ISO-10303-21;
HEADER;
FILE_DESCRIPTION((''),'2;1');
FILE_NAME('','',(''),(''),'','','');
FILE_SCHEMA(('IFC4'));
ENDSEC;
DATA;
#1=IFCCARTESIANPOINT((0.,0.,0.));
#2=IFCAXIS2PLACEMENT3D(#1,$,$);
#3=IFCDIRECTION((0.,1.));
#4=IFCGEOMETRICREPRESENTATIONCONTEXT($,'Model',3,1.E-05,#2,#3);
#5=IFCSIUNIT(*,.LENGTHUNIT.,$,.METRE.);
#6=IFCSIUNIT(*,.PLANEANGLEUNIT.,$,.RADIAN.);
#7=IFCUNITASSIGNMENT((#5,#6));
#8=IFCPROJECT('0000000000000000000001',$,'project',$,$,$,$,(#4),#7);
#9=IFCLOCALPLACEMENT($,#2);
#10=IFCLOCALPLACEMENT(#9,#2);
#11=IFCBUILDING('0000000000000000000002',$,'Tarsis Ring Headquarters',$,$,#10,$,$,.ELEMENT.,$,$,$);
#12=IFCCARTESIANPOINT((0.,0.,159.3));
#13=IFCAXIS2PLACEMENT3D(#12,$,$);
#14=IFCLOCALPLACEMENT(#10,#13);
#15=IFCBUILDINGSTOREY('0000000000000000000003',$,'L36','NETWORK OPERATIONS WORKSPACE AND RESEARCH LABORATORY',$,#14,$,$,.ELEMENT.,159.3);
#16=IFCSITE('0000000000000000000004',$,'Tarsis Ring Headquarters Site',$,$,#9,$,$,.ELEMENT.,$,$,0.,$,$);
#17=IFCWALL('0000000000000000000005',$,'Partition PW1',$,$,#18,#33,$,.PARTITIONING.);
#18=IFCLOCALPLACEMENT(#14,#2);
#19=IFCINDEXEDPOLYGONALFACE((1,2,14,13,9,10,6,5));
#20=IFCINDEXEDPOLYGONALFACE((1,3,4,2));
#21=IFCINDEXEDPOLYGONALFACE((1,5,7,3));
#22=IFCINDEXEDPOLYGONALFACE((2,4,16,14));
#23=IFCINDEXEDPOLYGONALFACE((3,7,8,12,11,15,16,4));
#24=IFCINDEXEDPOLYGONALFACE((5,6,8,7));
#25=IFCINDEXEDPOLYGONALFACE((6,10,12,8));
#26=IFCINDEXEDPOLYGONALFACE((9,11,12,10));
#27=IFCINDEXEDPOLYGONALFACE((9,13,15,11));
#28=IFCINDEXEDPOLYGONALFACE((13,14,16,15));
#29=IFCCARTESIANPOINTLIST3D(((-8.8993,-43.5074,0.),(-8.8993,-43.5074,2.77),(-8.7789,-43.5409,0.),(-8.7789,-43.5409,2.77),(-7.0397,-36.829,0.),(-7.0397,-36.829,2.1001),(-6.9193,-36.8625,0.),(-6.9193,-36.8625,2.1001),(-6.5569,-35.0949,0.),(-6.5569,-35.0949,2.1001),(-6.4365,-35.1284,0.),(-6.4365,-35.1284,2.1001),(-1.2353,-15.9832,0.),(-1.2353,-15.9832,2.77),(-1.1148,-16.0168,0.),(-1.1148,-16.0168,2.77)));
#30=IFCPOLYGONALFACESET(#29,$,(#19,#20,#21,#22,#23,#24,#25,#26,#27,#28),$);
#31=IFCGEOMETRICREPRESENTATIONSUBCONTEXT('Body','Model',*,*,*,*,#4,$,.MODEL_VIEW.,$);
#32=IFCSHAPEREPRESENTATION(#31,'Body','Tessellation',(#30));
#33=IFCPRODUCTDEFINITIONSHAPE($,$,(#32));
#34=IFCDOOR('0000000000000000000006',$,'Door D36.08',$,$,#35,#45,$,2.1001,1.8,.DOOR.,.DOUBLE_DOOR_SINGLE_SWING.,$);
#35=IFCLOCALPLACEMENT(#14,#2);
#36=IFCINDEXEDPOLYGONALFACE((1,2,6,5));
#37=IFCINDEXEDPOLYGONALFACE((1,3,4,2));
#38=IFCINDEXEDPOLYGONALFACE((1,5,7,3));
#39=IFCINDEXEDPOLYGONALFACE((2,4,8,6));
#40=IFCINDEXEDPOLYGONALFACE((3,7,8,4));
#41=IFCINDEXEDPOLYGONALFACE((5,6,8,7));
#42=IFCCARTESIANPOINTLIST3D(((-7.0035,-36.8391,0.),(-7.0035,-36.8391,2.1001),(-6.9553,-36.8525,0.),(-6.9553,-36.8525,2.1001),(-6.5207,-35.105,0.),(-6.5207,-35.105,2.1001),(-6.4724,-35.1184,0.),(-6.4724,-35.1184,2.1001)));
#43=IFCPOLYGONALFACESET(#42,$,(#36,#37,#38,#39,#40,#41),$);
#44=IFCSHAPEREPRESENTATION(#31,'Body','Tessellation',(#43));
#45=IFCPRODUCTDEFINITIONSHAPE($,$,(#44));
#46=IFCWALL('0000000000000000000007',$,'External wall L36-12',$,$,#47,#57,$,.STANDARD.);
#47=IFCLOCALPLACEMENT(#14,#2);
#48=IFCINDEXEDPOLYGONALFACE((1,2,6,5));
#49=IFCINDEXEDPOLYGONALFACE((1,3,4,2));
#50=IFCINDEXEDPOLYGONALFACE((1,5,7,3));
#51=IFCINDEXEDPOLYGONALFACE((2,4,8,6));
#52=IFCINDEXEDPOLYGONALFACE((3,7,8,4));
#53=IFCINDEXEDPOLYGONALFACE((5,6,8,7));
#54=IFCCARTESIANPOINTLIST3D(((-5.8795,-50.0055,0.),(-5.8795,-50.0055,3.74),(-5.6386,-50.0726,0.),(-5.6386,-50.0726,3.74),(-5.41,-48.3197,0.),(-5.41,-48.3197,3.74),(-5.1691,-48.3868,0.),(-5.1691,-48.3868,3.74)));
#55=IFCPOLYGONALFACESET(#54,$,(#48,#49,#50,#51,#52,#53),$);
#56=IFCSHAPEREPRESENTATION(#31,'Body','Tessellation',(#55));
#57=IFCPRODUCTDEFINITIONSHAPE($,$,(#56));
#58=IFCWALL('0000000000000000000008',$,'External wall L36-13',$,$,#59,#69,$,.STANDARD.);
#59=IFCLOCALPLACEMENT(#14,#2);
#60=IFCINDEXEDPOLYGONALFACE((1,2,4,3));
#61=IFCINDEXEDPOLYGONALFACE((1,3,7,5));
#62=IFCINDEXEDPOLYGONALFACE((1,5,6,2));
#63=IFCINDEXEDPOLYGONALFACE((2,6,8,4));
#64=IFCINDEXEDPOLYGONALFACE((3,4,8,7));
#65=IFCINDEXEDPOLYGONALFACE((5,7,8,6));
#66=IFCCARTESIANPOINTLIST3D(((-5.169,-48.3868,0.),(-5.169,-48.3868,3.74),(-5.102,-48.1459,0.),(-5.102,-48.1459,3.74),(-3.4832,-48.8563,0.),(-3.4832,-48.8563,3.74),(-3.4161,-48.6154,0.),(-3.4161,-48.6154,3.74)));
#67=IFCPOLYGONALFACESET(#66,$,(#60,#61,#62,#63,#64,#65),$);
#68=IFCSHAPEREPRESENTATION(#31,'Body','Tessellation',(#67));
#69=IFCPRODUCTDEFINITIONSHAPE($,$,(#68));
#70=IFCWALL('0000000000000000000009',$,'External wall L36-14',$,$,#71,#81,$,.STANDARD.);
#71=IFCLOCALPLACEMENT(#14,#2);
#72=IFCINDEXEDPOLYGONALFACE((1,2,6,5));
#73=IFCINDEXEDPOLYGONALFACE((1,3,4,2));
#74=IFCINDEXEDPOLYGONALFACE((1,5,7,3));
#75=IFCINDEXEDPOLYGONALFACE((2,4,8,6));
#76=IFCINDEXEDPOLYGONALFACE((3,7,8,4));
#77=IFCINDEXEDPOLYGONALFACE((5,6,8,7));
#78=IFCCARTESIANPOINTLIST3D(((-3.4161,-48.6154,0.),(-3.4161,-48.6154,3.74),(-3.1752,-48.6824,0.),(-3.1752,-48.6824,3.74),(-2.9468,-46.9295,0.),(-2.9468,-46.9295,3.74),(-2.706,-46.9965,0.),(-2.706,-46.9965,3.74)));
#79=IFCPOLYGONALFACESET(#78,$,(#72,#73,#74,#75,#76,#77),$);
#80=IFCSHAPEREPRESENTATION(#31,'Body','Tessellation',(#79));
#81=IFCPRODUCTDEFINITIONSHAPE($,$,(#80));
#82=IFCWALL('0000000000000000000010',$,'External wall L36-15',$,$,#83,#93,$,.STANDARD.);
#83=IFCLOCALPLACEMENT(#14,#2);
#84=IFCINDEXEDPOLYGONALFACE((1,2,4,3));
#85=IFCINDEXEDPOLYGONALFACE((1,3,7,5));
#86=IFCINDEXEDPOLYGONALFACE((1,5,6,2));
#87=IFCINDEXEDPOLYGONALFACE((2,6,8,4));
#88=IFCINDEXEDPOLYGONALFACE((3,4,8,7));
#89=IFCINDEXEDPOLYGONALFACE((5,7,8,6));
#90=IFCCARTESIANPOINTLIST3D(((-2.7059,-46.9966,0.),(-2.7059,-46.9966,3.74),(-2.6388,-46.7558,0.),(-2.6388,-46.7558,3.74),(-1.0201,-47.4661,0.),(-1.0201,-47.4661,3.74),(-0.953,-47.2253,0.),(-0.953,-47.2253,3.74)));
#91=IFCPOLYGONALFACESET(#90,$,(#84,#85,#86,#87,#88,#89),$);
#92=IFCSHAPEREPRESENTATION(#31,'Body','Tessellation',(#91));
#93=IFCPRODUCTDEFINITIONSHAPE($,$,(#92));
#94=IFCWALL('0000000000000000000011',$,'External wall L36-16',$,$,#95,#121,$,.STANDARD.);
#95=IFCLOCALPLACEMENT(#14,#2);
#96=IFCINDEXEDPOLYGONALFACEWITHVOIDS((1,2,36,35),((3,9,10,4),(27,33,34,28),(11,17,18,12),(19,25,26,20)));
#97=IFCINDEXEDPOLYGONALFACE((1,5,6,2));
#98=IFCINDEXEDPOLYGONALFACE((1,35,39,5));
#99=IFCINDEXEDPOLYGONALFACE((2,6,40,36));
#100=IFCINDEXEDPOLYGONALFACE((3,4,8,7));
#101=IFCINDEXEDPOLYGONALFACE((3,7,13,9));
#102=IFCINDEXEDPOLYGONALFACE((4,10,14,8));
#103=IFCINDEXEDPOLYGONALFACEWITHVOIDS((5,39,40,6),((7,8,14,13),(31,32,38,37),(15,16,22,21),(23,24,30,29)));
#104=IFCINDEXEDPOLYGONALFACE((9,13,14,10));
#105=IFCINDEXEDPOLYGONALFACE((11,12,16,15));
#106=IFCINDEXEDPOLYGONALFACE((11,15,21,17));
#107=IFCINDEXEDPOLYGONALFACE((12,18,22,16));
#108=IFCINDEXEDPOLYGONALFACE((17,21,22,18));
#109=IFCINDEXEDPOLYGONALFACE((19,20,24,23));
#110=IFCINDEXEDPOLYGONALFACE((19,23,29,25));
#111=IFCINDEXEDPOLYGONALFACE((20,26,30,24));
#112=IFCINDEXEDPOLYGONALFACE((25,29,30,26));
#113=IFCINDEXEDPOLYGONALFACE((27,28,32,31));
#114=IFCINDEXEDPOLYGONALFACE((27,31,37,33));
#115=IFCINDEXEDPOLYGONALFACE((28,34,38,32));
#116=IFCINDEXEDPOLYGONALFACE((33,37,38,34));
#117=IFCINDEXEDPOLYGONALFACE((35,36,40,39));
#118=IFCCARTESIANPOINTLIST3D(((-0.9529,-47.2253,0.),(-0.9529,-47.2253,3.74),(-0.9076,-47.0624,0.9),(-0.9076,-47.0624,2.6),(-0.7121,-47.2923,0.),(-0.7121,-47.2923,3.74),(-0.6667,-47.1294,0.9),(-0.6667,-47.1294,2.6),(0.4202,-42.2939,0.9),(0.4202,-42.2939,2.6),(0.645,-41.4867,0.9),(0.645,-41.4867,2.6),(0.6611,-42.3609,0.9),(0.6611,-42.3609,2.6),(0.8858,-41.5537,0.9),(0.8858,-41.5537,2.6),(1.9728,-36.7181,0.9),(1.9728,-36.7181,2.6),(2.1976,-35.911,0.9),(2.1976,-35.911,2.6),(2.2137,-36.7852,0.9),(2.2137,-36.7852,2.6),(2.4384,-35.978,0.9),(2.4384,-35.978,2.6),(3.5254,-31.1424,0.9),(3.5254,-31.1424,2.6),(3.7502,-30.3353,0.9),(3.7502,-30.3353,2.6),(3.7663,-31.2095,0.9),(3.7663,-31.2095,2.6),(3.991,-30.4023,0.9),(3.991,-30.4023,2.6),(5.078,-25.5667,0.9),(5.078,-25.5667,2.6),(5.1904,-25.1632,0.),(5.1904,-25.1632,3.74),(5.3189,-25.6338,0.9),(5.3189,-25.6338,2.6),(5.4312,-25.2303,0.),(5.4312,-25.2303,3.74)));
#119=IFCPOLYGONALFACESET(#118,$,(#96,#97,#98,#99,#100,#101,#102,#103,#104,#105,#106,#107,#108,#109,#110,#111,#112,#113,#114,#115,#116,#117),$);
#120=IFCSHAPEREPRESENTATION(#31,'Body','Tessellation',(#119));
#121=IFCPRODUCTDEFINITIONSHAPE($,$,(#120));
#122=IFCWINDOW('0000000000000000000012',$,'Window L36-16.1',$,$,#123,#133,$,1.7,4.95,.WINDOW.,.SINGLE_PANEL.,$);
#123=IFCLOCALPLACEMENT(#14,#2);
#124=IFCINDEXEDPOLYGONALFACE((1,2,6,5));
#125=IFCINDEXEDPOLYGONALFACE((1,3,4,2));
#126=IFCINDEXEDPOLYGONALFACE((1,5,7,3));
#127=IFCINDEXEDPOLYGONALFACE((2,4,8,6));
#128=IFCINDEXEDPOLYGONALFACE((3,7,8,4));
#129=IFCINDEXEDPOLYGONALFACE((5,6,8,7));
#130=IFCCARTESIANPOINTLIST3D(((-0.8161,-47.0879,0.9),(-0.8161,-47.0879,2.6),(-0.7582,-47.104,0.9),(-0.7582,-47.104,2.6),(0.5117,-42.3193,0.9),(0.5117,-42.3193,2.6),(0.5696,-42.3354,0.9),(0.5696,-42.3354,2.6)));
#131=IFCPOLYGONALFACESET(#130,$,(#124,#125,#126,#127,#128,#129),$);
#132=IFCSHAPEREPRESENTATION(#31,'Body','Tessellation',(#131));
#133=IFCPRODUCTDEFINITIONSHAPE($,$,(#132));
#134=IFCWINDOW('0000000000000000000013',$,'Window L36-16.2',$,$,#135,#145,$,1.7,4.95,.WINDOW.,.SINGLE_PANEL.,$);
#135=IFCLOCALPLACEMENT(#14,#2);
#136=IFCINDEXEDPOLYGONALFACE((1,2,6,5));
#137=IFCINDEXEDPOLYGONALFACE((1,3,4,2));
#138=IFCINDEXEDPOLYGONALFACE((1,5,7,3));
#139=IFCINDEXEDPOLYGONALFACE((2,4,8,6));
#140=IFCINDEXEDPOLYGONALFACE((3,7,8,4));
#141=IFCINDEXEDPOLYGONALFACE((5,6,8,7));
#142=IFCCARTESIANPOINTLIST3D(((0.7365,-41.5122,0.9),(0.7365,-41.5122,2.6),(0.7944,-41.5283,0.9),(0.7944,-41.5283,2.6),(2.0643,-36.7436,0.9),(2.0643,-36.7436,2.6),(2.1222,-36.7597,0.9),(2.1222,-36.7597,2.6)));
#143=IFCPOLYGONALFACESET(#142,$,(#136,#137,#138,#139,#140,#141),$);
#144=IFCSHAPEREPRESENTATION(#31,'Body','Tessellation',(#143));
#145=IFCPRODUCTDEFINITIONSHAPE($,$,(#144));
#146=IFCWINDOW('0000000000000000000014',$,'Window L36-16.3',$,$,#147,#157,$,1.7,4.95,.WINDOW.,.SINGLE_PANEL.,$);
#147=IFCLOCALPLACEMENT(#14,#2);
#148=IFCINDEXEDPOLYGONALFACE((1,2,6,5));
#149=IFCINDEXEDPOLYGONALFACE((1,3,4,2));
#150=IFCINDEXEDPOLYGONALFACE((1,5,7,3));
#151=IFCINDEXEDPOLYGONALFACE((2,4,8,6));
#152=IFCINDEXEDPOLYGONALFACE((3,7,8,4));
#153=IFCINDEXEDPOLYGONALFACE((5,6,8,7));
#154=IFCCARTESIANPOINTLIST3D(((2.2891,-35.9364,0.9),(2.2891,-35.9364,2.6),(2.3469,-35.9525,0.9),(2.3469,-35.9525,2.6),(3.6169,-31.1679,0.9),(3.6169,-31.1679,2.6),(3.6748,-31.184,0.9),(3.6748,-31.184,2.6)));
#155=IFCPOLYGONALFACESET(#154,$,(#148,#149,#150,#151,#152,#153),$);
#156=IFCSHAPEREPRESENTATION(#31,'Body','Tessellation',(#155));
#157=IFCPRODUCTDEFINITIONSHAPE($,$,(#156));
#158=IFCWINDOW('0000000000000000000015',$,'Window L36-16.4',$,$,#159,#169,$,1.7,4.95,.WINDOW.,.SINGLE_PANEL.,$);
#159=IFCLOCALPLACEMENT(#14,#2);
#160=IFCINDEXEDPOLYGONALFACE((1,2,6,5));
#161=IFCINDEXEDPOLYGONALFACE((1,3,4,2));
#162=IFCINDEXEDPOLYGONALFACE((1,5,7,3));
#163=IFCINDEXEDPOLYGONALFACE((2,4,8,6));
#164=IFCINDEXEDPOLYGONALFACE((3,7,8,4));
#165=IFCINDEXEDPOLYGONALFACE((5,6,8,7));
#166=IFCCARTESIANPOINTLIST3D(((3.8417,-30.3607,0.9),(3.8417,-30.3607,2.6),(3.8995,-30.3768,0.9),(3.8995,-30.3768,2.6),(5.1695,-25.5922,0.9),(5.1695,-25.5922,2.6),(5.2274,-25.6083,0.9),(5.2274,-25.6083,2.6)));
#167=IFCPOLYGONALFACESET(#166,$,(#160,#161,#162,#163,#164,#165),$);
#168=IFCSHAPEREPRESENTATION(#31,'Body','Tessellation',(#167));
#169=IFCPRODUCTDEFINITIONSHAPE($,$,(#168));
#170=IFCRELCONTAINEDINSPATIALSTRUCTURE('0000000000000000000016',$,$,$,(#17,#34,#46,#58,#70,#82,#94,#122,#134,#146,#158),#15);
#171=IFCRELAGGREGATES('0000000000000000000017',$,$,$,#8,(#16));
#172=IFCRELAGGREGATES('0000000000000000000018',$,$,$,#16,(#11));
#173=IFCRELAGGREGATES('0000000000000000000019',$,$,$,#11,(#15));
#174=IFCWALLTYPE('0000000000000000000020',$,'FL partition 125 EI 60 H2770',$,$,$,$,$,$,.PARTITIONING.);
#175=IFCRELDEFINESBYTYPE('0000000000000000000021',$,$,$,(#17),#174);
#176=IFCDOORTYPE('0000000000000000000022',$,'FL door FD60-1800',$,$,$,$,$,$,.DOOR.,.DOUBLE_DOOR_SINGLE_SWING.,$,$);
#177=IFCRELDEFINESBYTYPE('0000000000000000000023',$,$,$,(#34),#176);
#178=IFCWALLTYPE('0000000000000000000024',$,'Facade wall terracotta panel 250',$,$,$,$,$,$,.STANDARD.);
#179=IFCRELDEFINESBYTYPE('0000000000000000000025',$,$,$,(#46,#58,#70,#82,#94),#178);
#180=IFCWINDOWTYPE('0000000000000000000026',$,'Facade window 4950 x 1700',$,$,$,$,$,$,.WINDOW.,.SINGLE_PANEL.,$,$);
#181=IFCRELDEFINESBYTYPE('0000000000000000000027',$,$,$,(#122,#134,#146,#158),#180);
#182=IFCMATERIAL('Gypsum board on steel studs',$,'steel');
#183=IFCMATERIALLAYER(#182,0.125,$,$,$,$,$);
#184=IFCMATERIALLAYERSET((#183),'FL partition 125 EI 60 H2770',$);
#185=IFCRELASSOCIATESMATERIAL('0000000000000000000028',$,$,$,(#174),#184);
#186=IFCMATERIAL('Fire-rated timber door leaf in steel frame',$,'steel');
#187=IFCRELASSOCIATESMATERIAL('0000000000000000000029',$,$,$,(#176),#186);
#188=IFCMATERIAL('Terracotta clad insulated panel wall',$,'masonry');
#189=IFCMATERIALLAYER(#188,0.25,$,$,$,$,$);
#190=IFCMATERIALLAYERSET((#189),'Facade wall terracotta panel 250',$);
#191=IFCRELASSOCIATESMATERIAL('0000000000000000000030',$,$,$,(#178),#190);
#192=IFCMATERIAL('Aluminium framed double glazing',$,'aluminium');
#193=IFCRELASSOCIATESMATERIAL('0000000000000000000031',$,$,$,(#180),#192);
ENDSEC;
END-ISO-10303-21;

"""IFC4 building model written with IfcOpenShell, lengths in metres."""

from ifc_helpers import new_model, si_unit, direction, frame, frame_2d, origin, place, context, subcontext, project, spatial, rectangle, extrude, material, layer, layer_set, type_object, element, fill, save


model = new_model("IFC4")

# Units and contexts
model_context = context("Model", 3, precision=1e-05, world=origin(), true_north=direction((0.0, 1.0)))
body_context = subcontext(model_context, "Body", "Model", "MODEL_VIEW")
ifc_project = project(units=[si_unit("LENGTHUNIT", "METRE"), si_unit("PLANEANGLEUNIT", "RADIAN")], contexts=[model_context])

# Site, building, storey
site_placement = place(None, origin())
site = spatial("IfcSite", under=ifc_project, at=site_placement, Name="Tarsis Ring Headquarters Site", CompositionType="ELEMENT", RefElevation=0.0)
building_placement = place(site_placement, origin())
building = spatial("IfcBuilding", under=site, at=building_placement, Name="Tarsis Ring Headquarters", CompositionType="ELEMENT")
storey_placement = place(building_placement, frame((0.0, 0.0, 159.3)))
storey = spatial("IfcBuildingStorey", under=building, at=storey_placement, Name="L36", Description="NETWORK OPERATIONS WORKSPACE AND RESEARCH LABORATORY", CompositionType="ELEMENT", Elevation=159.3)

# Wall, opening, door
ifc_material_1 = material(Name="Gypsum board on steel studs", Category="steel")
ifc_layer_1 = layer(ifc_material_1, 0.125)
ifc_layer_set_1 = layer_set([ifc_layer_1], Name="FL partition 125 EI 60 H2770")
wall_type_1 = type_object("IfcWallType", Name="FL partition 125 EI 60 H2770", PredefinedType="PARTITIONING", material=ifc_layer_set_1)
wall_1_placement = place(storey_placement, frame((-8.8391, -43.5242, 0.0), z_axis=(0.0, 0.0, 1.0), x_axis=(0.268244, 0.963351, 0.0)))
wall_1 = element("IfcWall", 1, at=wall_1_placement, inside=storey, type_object=wall_type_1, Name="Partition PW1", PredefinedType="PARTITIONING", context=body_context, shape_type="SweptSolid", body=[
    extrude(rectangle(XDim=28.5713, YDim=0.125, at=frame_2d((14.2856, 0.0))), origin(), (0.0, 0.0, 1.0), 2.77),
])
opening_1_placement = place(wall_1_placement, frame((6.9326, 0.0, 0.0)))
opening_1 = element("IfcOpeningElement", 2, at=opening_1_placement, cuts=wall_1, PredefinedType="OPENING", context=body_context, shape_type="SweptSolid", body=[
    extrude(rectangle(XDim=1.8, YDim=2.1001, at=frame_2d((0.8999, 1.05))), frame((0.0, 0.0725, 0.0), z_axis=(0.0, -1.0, 0.0), x_axis=(1.0, 0.0, 0.0)), (0.0, 0.0, 1.0), 0.145),
])
ifc_material_2 = material(Name="Fire-rated timber door leaf in steel frame", Category="steel")
door_type = type_object("IfcDoorType", Name="FL door FD60-1800", OperationType="DOUBLE_DOOR_SINGLE_SWING", PredefinedType="DOOR", material=ifc_material_2)
door_placement = place(opening_1_placement, origin())
door = element("IfcDoor", 3, at=door_placement, inside=storey, type_object=door_type, Name="Door D36.08", OperationType="DOUBLE_DOOR_SINGLE_SWING", OverallHeight=2.1001, OverallWidth=1.8, PredefinedType="DOOR", context=body_context, shape_type="SweptSolid", body=[
    extrude(rectangle(XDim=1.8, YDim=2.1001, at=frame_2d((0.8999, 1.05))), frame((0.0, 0.0249, 0.0), z_axis=(0.0, -1.0, 0.0), x_axis=(1.0, 0.0, 0.0)), (0.0, 0.0, 1.0), 0.05),
])
fill(opening_1, door)

# Walls
ifc_material_3 = material(Name="Terracotta clad insulated panel wall", Category="masonry")
ifc_layer_2 = layer(ifc_material_3, 0.25)
ifc_layer_set_2 = layer_set([ifc_layer_2], Name="Facade wall terracotta panel 250")
wall_type_2 = type_object("IfcWallType", Name="Facade wall terracotta panel 250", PredefinedType="STANDARD", material=ifc_layer_set_2)
for number, where, z_axis, x_axis, name in (
    (4, (-5.759, -50.0391, 0.0), (0.0, 0.0, 1.0), (0.268284, 0.96334, 0.0), "External wall L36-12"),
    (5, (-5.1355, -48.2664, 0.0), (0.0, 0.0, 1.0), (0.96334, -0.268284, 0.0), "External wall L36-13"),
    (6, (-3.2957, -48.6489, 0.0), (0.0, 0.0, 1.0), (0.268155, 0.963376, 0.0), "External wall L36-14"),
    (7, (-2.6724, -46.8762, 0.0), (0.0, 0.0, 1.0), (0.96334, -0.268284, 0.0), "External wall L36-15"),
):
    element("IfcWall", number, at=place(storey_placement, frame(where, z_axis=z_axis, x_axis=x_axis)), inside=storey, type_object=wall_type_2, Name=name, PredefinedType="STANDARD", context=body_context, shape_type="SweptSolid", body=[
        extrude(rectangle(XDim=1.75, YDim=0.25, at=frame_2d((0.875, 0.0))), origin(), (0.0, 0.0, 1.0), 3.74),
    ])

# Wall, openings, windows
wall_2_placement = place(storey_placement, frame((-0.8325, -47.2588, 0.0), z_axis=(0.0, 0.0, 1.0), x_axis=(0.268251, 0.963349, 0.0)))
wall_2 = element("IfcWall", 8, at=wall_2_placement, inside=storey, type_object=wall_type_2, Name="External wall L36-16", PredefinedType="STANDARD", context=body_context, shape_type="SweptSolid", body=[
    extrude(rectangle(XDim=22.9014, YDim=0.25, at=frame_2d((11.4507, 0.0))), origin(), (0.0, 0.0, 1.0), 3.74),
])
opening_2_placement = place(wall_2_placement, frame((0.1689, 0.0, 0.8999)))
opening_2 = element("IfcOpeningElement", 9, at=opening_2_placement, cuts=wall_2, PredefinedType="OPENING", context=body_context, shape_type="SweptSolid", body=[
    extrude(rectangle(XDim=4.95, YDim=1.7, at=frame_2d((2.4751, 0.8501))), frame((0.0, 0.135, 0.0), z_axis=(0.0, -1.0, 0.0), x_axis=(1.0, 0.0, 0.0)), (0.0, 0.0, 1.0), 0.27),
])
opening_3_placement = place(wall_2_placement, frame((5.9568, 0.0, 0.8999)))
opening_3 = element("IfcOpeningElement", 10, at=opening_3_placement, cuts=wall_2, PredefinedType="OPENING", context=body_context, shape_type="SweptSolid", body=[
    extrude(rectangle(XDim=4.95, YDim=1.7, at=frame_2d((2.4751, 0.8501))), frame((0.0, 0.135, 0.0), z_axis=(0.0, -1.0, 0.0), x_axis=(1.0, 0.0, 0.0)), (0.0, 0.0, 1.0), 0.27),
])
opening_4_placement = place(wall_2_placement, frame((11.7446, 0.0, 0.8999)))
opening_4 = element("IfcOpeningElement", 11, at=opening_4_placement, cuts=wall_2, PredefinedType="OPENING", context=body_context, shape_type="SweptSolid", body=[
    extrude(rectangle(XDim=4.95, YDim=1.7, at=frame_2d((2.4751, 0.8501))), frame((0.0, 0.135, 0.0), z_axis=(0.0, -1.0, 0.0), x_axis=(1.0, 0.0, 0.0)), (0.0, 0.0, 1.0), 0.27),
])
opening_5_placement = place(wall_2_placement, frame((17.5325, 0.0, 0.8999)))
opening_5 = element("IfcOpeningElement", 12, at=opening_5_placement, cuts=wall_2, PredefinedType="OPENING", context=body_context, shape_type="SweptSolid", body=[
    extrude(rectangle(XDim=4.95, YDim=1.7, at=frame_2d((2.4751, 0.8501))), frame((0.0, 0.135, 0.0), z_axis=(0.0, -1.0, 0.0), x_axis=(1.0, 0.0, 0.0)), (0.0, 0.0, 1.0), 0.27),
])
ifc_material_4 = material(Name="Aluminium framed double glazing", Category="aluminium")
window_type = type_object("IfcWindowType", Name="Facade window 4950 x 1700", PartitioningType="SINGLE_PANEL", PredefinedType="WINDOW", material=ifc_material_4)
window_1_placement = place(opening_2_placement, origin())
window_1 = element("IfcWindow", 13, at=window_1_placement, inside=storey, type_object=window_type, Name="Window L36-16.1", OverallHeight=1.7, OverallWidth=4.95, PartitioningType="SINGLE_PANEL", PredefinedType="WINDOW", context=body_context, shape_type="SweptSolid", body=[
    extrude(rectangle(XDim=4.95, YDim=1.7, at=frame_2d((2.4751, 0.8501))), frame((0.0, 0.03, 0.0), z_axis=(0.0, -1.0, 0.0), x_axis=(1.0, 0.0, 0.0)), (0.0, 0.0, 1.0), 0.0601),
])
fill(opening_2, window_1)
window_2_placement = place(opening_3_placement, origin())
window_2 = element("IfcWindow", 14, at=window_2_placement, inside=storey, type_object=window_type, Name="Window L36-16.2", OverallHeight=1.7, OverallWidth=4.95, PartitioningType="SINGLE_PANEL", PredefinedType="WINDOW", context=body_context, shape_type="SweptSolid", body=[
    extrude(rectangle(XDim=4.95, YDim=1.7, at=frame_2d((2.4751, 0.8501))), frame((0.0, 0.03, 0.0), z_axis=(0.0, -1.0, 0.0), x_axis=(1.0, 0.0, 0.0)), (0.0, 0.0, 1.0), 0.0601),
])
fill(opening_3, window_2)
window_3_placement = place(opening_4_placement, origin())
window_3 = element("IfcWindow", 15, at=window_3_placement, inside=storey, type_object=window_type, Name="Window L36-16.3", OverallHeight=1.7, OverallWidth=4.95, PartitioningType="SINGLE_PANEL", PredefinedType="WINDOW", context=body_context, shape_type="SweptSolid", body=[
    extrude(rectangle(XDim=4.95, YDim=1.7, at=frame_2d((2.4751, 0.8501))), frame((0.0, 0.03, 0.0), z_axis=(0.0, -1.0, 0.0), x_axis=(1.0, 0.0, 0.0)), (0.0, 0.0, 1.0), 0.0601),
])
fill(opening_4, window_3)
window_4_placement = place(opening_5_placement, origin())
window_4 = element("IfcWindow", 16, at=window_4_placement, inside=storey, type_object=window_type, Name="Window L36-16.4", OverallHeight=1.7, OverallWidth=4.95, PartitioningType="SINGLE_PANEL", PredefinedType="WINDOW", context=body_context, shape_type="SweptSolid", body=[
    extrude(rectangle(XDim=4.95, YDim=1.7, at=frame_2d((2.4751, 0.8501))), frame((0.0, 0.03, 0.0), z_axis=(0.0, -1.0, 0.0), x_axis=(1.0, 0.0, 0.0)), (0.0, 0.0, 1.0), 0.0601),
])
fill(opening_5, window_4)

save(model, "model.ifc")
